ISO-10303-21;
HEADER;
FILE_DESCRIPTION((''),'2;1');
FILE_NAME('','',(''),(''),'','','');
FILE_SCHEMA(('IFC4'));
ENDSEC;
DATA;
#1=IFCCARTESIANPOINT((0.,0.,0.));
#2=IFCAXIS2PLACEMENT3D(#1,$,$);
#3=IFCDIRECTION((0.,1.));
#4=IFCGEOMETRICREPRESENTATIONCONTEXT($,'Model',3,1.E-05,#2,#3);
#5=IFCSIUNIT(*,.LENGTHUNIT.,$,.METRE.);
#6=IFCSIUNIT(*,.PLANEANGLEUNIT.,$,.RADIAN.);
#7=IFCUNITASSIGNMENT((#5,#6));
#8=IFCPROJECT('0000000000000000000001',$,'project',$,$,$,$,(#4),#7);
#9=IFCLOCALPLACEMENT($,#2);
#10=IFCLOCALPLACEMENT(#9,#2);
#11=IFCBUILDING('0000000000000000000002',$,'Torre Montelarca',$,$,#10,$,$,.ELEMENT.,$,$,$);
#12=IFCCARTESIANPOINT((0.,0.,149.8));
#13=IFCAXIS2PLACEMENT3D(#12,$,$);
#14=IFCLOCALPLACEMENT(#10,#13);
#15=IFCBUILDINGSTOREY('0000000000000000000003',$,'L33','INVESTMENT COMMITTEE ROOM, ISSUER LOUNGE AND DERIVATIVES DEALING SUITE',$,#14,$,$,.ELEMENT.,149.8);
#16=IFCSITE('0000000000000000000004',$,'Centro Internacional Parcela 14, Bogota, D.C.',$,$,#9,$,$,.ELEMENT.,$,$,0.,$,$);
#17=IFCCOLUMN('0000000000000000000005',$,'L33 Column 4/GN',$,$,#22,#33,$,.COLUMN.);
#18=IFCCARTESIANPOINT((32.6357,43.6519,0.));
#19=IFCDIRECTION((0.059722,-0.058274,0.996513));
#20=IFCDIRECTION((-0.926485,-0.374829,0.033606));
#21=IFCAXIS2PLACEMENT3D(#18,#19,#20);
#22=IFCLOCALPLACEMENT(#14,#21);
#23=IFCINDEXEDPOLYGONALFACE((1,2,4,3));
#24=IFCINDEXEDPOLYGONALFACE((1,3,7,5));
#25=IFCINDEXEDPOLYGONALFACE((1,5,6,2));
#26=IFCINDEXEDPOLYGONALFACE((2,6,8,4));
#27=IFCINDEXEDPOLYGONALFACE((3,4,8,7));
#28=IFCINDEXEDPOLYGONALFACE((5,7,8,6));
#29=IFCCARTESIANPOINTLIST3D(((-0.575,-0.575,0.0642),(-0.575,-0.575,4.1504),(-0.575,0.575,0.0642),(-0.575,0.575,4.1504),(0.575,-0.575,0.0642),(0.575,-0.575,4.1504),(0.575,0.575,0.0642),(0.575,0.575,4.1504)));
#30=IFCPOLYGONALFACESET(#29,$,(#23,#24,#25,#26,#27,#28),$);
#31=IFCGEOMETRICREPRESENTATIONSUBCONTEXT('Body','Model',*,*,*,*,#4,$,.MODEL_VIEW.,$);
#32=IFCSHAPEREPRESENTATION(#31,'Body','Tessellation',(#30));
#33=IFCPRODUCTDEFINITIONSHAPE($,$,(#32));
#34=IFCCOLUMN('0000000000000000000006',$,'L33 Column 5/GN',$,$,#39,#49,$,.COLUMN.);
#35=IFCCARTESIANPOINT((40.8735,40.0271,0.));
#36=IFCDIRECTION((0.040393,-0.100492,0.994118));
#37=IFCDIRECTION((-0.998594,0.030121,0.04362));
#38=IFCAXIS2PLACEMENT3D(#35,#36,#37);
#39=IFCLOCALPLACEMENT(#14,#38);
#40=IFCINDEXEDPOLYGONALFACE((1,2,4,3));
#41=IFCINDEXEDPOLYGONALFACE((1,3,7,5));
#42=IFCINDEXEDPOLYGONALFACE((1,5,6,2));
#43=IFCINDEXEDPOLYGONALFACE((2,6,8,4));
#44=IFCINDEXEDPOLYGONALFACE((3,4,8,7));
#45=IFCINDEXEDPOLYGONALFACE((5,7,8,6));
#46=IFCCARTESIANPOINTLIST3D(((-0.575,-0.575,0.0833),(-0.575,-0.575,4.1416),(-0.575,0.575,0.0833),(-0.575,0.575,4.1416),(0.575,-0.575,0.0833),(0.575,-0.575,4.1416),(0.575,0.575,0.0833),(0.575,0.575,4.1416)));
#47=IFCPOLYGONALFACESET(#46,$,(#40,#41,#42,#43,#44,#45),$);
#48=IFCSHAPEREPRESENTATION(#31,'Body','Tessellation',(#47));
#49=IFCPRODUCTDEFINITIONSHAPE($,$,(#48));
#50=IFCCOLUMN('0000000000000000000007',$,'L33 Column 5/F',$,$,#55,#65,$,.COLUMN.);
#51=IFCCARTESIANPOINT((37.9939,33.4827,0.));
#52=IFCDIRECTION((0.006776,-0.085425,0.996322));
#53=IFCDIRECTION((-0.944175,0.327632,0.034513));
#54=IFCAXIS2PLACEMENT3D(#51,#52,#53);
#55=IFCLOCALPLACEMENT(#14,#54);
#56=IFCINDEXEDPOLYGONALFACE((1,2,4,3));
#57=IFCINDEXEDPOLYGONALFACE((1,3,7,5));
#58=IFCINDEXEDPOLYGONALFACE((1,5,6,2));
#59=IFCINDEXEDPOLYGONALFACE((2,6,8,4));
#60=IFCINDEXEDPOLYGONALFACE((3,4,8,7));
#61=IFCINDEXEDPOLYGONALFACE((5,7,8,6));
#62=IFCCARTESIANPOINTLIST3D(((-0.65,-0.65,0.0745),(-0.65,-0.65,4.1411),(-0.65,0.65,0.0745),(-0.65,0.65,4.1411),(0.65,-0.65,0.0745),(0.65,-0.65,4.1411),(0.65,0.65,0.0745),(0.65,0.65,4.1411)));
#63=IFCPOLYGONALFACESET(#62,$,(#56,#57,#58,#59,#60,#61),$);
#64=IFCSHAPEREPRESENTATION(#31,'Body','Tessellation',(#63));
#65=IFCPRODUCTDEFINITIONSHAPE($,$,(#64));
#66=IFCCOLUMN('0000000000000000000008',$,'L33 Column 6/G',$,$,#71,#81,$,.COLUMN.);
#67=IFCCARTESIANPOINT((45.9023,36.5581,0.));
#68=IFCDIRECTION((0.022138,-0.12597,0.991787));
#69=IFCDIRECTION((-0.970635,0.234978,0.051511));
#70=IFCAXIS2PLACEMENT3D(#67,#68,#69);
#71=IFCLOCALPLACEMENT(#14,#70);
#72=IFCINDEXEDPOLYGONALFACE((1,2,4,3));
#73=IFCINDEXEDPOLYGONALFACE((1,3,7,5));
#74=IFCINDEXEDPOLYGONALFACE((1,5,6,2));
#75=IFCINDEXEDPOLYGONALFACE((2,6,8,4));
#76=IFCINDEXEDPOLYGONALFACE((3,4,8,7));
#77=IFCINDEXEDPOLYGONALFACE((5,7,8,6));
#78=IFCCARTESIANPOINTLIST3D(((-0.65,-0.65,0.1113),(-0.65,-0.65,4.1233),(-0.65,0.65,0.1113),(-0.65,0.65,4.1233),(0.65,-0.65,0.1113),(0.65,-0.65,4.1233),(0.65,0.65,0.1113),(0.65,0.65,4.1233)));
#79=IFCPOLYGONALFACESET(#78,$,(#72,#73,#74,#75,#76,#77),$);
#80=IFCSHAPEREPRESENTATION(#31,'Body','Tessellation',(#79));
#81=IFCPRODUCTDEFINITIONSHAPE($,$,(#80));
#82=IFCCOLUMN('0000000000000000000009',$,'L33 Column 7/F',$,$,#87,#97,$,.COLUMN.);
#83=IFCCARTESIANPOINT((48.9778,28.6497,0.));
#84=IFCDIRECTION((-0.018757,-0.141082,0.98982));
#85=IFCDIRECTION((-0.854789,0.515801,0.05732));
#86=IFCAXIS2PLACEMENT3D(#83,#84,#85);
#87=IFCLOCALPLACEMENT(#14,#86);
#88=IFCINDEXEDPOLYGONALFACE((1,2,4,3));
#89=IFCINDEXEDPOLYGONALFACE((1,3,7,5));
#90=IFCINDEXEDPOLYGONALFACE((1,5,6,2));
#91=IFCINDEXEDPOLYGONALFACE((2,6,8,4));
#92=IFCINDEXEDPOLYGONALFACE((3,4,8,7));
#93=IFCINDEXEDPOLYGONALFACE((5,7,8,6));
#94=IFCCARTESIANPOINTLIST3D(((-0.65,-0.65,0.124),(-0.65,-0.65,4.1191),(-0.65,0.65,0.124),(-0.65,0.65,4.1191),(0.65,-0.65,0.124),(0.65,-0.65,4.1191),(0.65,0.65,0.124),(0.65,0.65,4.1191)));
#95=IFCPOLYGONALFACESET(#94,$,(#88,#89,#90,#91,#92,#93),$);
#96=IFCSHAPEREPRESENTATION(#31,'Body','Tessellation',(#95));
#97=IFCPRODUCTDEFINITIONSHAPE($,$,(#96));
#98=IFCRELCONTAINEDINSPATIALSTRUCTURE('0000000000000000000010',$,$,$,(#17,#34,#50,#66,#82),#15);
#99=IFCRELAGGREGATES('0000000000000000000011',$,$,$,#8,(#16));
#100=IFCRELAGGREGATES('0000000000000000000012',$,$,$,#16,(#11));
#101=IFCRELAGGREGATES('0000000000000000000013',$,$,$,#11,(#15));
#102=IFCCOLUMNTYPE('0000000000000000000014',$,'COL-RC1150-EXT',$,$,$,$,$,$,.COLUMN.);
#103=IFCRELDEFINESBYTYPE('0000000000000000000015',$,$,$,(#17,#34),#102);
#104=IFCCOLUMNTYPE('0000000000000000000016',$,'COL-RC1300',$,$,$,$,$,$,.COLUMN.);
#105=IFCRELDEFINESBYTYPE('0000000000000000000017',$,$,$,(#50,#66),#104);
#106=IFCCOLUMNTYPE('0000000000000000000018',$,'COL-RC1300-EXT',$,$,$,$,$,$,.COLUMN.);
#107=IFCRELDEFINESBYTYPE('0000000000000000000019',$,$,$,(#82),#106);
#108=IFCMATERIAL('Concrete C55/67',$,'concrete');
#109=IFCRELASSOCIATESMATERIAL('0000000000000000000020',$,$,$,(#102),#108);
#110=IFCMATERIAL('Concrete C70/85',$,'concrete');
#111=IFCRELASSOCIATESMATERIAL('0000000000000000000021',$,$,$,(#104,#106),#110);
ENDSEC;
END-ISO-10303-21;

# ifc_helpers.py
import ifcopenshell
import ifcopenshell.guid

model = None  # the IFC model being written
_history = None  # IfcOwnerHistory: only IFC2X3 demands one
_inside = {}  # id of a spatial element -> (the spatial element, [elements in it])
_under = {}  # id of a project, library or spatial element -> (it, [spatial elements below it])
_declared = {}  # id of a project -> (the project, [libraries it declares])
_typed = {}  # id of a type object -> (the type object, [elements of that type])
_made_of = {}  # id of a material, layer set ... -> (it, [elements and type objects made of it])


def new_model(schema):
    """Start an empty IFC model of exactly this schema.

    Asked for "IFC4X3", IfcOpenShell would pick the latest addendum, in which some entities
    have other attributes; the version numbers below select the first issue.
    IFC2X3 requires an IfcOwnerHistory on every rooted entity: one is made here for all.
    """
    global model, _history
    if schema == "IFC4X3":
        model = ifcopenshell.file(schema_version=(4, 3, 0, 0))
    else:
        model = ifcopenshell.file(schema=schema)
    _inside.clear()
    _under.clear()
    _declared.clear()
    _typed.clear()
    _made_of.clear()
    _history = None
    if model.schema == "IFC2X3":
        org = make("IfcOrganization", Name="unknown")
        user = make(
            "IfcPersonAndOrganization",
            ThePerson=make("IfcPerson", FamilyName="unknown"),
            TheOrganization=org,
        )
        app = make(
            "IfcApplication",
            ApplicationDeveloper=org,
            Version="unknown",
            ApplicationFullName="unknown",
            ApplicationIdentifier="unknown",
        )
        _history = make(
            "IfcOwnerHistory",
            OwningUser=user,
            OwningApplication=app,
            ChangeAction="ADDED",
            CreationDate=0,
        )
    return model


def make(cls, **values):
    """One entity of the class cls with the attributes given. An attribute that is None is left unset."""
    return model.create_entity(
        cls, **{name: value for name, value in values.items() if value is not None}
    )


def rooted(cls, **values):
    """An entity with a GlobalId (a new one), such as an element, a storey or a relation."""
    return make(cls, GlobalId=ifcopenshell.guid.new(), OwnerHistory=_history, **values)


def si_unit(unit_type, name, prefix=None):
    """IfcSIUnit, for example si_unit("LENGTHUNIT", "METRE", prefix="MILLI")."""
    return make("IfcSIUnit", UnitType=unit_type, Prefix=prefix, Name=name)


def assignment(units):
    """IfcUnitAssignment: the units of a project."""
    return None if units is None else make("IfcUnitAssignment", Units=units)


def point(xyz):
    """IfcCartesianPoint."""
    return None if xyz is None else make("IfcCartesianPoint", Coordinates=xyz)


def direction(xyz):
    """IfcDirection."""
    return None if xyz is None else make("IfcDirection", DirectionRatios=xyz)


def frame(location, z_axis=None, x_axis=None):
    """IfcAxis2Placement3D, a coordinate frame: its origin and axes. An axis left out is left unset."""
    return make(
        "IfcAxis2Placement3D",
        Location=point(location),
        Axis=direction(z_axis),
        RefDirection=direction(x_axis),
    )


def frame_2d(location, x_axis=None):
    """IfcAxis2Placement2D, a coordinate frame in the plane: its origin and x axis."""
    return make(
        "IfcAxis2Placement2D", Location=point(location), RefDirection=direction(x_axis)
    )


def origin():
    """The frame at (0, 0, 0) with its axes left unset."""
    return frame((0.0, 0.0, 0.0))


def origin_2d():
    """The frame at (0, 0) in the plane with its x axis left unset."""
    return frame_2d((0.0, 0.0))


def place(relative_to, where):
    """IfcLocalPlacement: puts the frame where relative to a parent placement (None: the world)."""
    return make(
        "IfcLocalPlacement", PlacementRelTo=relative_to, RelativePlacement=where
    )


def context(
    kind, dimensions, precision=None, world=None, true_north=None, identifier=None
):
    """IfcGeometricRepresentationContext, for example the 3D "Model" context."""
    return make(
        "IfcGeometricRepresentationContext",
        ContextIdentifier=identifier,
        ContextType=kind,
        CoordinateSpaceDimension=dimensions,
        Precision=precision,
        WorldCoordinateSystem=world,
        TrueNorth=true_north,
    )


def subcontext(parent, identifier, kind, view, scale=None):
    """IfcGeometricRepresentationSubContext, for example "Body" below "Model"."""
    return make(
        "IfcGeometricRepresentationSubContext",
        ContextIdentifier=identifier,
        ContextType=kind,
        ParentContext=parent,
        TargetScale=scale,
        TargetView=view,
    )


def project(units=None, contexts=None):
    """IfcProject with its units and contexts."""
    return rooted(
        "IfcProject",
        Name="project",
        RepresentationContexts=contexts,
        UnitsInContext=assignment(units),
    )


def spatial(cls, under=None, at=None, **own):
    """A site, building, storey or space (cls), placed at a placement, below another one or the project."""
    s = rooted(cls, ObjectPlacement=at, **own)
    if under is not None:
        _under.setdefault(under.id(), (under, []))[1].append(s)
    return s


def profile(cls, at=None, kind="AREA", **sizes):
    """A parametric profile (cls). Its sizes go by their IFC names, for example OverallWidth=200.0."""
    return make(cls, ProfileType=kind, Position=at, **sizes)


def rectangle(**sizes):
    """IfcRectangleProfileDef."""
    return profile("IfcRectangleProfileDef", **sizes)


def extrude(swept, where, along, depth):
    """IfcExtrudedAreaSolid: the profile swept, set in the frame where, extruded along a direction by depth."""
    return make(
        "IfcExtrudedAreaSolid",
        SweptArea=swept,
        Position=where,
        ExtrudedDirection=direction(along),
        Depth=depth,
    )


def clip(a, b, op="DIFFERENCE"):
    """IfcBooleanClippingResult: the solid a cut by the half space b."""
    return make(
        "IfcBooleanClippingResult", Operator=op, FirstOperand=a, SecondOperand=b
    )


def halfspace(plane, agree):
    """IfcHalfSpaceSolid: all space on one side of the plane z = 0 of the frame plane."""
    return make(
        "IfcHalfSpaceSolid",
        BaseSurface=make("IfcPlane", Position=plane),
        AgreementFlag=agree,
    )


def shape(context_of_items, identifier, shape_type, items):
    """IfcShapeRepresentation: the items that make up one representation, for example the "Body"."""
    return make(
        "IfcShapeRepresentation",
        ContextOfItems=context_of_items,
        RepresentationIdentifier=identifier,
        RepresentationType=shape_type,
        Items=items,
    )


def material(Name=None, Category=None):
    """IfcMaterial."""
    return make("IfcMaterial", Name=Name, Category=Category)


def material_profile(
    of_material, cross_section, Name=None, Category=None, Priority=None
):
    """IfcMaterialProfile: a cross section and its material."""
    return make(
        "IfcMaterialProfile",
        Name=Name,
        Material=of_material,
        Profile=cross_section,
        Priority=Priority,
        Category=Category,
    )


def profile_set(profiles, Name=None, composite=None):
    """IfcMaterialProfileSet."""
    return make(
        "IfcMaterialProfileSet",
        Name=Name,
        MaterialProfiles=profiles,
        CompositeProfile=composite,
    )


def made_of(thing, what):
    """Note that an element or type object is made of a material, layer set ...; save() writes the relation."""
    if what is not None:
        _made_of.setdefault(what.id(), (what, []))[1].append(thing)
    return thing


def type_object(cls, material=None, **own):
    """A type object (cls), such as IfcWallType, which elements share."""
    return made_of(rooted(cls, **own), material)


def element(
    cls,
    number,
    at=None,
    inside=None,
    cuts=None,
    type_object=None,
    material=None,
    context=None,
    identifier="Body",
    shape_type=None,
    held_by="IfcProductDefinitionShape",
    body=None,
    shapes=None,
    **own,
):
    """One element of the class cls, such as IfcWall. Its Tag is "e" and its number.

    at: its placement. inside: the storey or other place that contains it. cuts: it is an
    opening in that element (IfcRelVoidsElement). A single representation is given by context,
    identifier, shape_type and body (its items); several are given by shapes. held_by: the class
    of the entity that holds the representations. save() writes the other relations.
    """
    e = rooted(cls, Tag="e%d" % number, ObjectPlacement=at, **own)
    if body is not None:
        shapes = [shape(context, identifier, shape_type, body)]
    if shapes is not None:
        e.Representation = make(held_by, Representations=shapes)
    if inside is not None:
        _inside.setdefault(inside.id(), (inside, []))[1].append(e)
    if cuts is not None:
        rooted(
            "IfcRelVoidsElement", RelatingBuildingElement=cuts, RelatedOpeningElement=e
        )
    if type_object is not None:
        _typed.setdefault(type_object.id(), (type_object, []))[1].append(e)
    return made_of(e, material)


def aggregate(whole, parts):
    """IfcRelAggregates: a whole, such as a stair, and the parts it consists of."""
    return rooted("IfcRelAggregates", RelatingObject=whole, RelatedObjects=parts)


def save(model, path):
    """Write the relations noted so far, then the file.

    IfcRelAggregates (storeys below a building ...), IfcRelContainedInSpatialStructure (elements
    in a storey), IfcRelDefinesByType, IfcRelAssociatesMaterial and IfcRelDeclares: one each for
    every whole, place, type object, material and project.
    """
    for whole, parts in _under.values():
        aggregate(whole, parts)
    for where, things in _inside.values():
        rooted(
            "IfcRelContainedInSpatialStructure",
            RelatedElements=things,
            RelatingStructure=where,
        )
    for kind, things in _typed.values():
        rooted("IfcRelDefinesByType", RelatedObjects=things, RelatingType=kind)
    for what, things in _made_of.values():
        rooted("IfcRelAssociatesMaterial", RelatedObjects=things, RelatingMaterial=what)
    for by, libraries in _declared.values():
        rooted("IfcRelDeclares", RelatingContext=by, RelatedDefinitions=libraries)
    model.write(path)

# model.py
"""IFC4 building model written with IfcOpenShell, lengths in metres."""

from ifc_helpers import new_model, si_unit, direction, frame, origin, origin_2d, place, context, subcontext, project, spatial, rectangle, extrude, clip, halfspace, material, material_profile, profile_set, type_object, element, save


model = new_model("IFC4")

# Units and contexts
model_context = context("Model", 3, precision=1e-05, world=origin(), true_north=direction((0.0, 1.0)))
body_context = subcontext(model_context, "Body", "Model", "MODEL_VIEW")
ifc_project = project(units=[si_unit("LENGTHUNIT", "METRE"), si_unit("PLANEANGLEUNIT", "RADIAN")], contexts=[model_context])

# Site, building, storey
site_placement = place(None, origin())
site = spatial("IfcSite", under=ifc_project, at=site_placement, Name="Centro Internacional Parcela 14, Bogota, D.C.", CompositionType="ELEMENT", RefElevation=0.0)
building_placement = place(site_placement, origin())
building = spatial("IfcBuilding", under=site, at=building_placement, Name="Torre Montelarca", CompositionType="ELEMENT")
storey_placement = place(building_placement, frame((0.0, 0.0, 149.8)))
storey = spatial("IfcBuildingStorey", under=building, at=storey_placement, Name="L33", Description="INVESTMENT COMMITTEE ROOM, ISSUER LOUNGE AND DERIVATIVES DEALING SUITE", CompositionType="ELEMENT", Elevation=149.8)

# Columns
ifc_material_1 = material(Name="Concrete C55/67", Category="concrete")
ifc_material_profile_1 = material_profile(ifc_material_1, rectangle(XDim=1.1499, YDim=1.1499, at=origin_2d()), Name="RC1150X1150", Category="concrete")
ifc_profile_set_1 = profile_set([ifc_material_profile_1], Name="Concrete C55/67")
column_type_1 = type_object("IfcColumnType", Name="COL-RC1150-EXT", PredefinedType="COLUMN", material=ifc_profile_set_1)
column_1_placement = place(storey_placement, frame((32.6357, 43.6519, 0.0), z_axis=(0.059722, -0.058274, 0.996513), x_axis=(-0.926485, -0.374829, 0.033606)))
element("IfcColumn", 1, at=column_1_placement, inside=storey, type_object=column_type_1, Name="L33 Column 4/GN", PredefinedType="COLUMN", context=body_context, shape_type="Clipping", body=[
    clip(clip(extrude(rectangle(XDim=1.1499, YDim=1.1499, at=origin_2d()), origin(), (0.0, 0.0, 1.0), 4.2146), halfspace(frame((0.0, 0.0, 0.0642), z_axis=(0.0, 0.0, -1.0), x_axis=(1.0, 0.0, 0.0)), False)), halfspace(frame((0.0, 0.0, 4.1504), z_axis=(0.0, 0.0, 1.0), x_axis=(1.0, 0.0, 0.0)), False)),
])
column_2_placement = place(storey_placement, frame((40.8735, 40.0271, 0.0), z_axis=(0.040393, -0.100492, 0.994118), x_axis=(-0.998594, 0.030121, 0.04362)))
element("IfcColumn", 2, at=column_2_placement, inside=storey, type_object=column_type_1, Name="L33 Column 5/GN", PredefinedType="COLUMN", context=body_context, shape_type="Clipping", body=[
    clip(clip(extrude(rectangle(XDim=1.1499, YDim=1.1499, at=origin_2d()), origin(), (0.0, 0.0, 1.0), 4.2249), halfspace(frame((0.0, 0.0, 0.0833), z_axis=(0.0, 0.0, -1.0), x_axis=(1.0, 0.0, 0.0)), False)), halfspace(frame((0.0, 0.0, 4.1416), z_axis=(0.0, 0.0, 1.0), x_axis=(1.0, 0.0, 0.0)), False)),
])
ifc_material_2 = material(Name="Concrete C70/85", Category="concrete")
ifc_material_profile_2 = material_profile(ifc_material_2, rectangle(XDim=1.3, YDim=1.3, at=origin_2d()), Name="RC1300X1300", Category="concrete")
ifc_profile_set_2 = profile_set([ifc_material_profile_2], Name="Concrete C70/85")
column_type_2 = type_object("IfcColumnType", Name="COL-RC1300", PredefinedType="COLUMN", material=ifc_profile_set_2)
column_3_placement = place(storey_placement, frame((37.9939, 33.4827, 0.0), z_axis=(0.006776, -0.085425, 0.996322), x_axis=(-0.944175, 0.327632, 0.034513)))
element("IfcColumn", 3, at=column_3_placement, inside=storey, type_object=column_type_2, Name="L33 Column 5/F", PredefinedType="COLUMN", context=body_context, shape_type="Clipping", body=[
    clip(clip(extrude(rectangle(XDim=1.3, YDim=1.3, at=origin_2d()), origin(), (0.0, 0.0, 1.0), 4.2156), halfspace(frame((0.0, 0.0, 0.0745), z_axis=(0.0, 0.0, -1.0), x_axis=(1.0, 0.0, 0.0)), False)), halfspace(frame((0.0, 0.0, 4.1411), z_axis=(0.0, 0.0, 1.0), x_axis=(1.0, 0.0, 0.0)), False)),
])
column_4_placement = place(storey_placement, frame((45.9023, 36.5581, 0.0), z_axis=(0.022138, -0.12597, 0.991787), x_axis=(-0.970635, 0.234978, 0.051511)))
element("IfcColumn", 4, at=column_4_placement, inside=storey, type_object=column_type_2, Name="L33 Column 6/G", PredefinedType="COLUMN", context=body_context, shape_type="Clipping", body=[
    clip(clip(extrude(rectangle(XDim=1.3, YDim=1.3, at=origin_2d()), origin(), (0.0, 0.0, 1.0), 4.2346), halfspace(frame((0.0, 0.0, 0.1113), z_axis=(0.0, 0.0, -1.0), x_axis=(1.0, 0.0, 0.0)), False)), halfspace(frame((0.0, 0.0, 4.1233), z_axis=(0.0, 0.0, 1.0), x_axis=(1.0, 0.0, 0.0)), False)),
])
ifc_material_profile_3 = material_profile(ifc_material_2, rectangle(XDim=1.3, YDim=1.3, at=origin_2d()), Name="RC1300X1300", Category="concrete")
ifc_profile_set_3 = profile_set([ifc_material_profile_3], Name="Concrete C70/85")
column_type_3 = type_object("IfcColumnType", Name="COL-RC1300-EXT", PredefinedType="COLUMN", material=ifc_profile_set_3)
column_5_placement = place(storey_placement, frame((48.9778, 28.6497, 0.0), z_axis=(-0.018757, -0.141082, 0.98982), x_axis=(-0.854789, 0.515801, 0.05732)))
element("IfcColumn", 5, at=column_5_placement, inside=storey, type_object=column_type_3, Name="L33 Column 7/F", PredefinedType="COLUMN", context=body_context, shape_type="Clipping", body=[
    clip(clip(extrude(rectangle(XDim=1.3, YDim=1.3, at=origin_2d()), origin(), (0.0, 0.0, 1.0), 4.2432), halfspace(frame((0.0, 0.0, 0.124), z_axis=(0.0, 0.0, -1.0), x_axis=(1.0, 0.0, 0.0)), False)), halfspace(frame((0.0, 0.0, 4.1191), z_axis=(0.0, 0.0, 1.0), x_axis=(1.0, 0.0, 0.0)), False)),
])

save(model, "model.ifc")
